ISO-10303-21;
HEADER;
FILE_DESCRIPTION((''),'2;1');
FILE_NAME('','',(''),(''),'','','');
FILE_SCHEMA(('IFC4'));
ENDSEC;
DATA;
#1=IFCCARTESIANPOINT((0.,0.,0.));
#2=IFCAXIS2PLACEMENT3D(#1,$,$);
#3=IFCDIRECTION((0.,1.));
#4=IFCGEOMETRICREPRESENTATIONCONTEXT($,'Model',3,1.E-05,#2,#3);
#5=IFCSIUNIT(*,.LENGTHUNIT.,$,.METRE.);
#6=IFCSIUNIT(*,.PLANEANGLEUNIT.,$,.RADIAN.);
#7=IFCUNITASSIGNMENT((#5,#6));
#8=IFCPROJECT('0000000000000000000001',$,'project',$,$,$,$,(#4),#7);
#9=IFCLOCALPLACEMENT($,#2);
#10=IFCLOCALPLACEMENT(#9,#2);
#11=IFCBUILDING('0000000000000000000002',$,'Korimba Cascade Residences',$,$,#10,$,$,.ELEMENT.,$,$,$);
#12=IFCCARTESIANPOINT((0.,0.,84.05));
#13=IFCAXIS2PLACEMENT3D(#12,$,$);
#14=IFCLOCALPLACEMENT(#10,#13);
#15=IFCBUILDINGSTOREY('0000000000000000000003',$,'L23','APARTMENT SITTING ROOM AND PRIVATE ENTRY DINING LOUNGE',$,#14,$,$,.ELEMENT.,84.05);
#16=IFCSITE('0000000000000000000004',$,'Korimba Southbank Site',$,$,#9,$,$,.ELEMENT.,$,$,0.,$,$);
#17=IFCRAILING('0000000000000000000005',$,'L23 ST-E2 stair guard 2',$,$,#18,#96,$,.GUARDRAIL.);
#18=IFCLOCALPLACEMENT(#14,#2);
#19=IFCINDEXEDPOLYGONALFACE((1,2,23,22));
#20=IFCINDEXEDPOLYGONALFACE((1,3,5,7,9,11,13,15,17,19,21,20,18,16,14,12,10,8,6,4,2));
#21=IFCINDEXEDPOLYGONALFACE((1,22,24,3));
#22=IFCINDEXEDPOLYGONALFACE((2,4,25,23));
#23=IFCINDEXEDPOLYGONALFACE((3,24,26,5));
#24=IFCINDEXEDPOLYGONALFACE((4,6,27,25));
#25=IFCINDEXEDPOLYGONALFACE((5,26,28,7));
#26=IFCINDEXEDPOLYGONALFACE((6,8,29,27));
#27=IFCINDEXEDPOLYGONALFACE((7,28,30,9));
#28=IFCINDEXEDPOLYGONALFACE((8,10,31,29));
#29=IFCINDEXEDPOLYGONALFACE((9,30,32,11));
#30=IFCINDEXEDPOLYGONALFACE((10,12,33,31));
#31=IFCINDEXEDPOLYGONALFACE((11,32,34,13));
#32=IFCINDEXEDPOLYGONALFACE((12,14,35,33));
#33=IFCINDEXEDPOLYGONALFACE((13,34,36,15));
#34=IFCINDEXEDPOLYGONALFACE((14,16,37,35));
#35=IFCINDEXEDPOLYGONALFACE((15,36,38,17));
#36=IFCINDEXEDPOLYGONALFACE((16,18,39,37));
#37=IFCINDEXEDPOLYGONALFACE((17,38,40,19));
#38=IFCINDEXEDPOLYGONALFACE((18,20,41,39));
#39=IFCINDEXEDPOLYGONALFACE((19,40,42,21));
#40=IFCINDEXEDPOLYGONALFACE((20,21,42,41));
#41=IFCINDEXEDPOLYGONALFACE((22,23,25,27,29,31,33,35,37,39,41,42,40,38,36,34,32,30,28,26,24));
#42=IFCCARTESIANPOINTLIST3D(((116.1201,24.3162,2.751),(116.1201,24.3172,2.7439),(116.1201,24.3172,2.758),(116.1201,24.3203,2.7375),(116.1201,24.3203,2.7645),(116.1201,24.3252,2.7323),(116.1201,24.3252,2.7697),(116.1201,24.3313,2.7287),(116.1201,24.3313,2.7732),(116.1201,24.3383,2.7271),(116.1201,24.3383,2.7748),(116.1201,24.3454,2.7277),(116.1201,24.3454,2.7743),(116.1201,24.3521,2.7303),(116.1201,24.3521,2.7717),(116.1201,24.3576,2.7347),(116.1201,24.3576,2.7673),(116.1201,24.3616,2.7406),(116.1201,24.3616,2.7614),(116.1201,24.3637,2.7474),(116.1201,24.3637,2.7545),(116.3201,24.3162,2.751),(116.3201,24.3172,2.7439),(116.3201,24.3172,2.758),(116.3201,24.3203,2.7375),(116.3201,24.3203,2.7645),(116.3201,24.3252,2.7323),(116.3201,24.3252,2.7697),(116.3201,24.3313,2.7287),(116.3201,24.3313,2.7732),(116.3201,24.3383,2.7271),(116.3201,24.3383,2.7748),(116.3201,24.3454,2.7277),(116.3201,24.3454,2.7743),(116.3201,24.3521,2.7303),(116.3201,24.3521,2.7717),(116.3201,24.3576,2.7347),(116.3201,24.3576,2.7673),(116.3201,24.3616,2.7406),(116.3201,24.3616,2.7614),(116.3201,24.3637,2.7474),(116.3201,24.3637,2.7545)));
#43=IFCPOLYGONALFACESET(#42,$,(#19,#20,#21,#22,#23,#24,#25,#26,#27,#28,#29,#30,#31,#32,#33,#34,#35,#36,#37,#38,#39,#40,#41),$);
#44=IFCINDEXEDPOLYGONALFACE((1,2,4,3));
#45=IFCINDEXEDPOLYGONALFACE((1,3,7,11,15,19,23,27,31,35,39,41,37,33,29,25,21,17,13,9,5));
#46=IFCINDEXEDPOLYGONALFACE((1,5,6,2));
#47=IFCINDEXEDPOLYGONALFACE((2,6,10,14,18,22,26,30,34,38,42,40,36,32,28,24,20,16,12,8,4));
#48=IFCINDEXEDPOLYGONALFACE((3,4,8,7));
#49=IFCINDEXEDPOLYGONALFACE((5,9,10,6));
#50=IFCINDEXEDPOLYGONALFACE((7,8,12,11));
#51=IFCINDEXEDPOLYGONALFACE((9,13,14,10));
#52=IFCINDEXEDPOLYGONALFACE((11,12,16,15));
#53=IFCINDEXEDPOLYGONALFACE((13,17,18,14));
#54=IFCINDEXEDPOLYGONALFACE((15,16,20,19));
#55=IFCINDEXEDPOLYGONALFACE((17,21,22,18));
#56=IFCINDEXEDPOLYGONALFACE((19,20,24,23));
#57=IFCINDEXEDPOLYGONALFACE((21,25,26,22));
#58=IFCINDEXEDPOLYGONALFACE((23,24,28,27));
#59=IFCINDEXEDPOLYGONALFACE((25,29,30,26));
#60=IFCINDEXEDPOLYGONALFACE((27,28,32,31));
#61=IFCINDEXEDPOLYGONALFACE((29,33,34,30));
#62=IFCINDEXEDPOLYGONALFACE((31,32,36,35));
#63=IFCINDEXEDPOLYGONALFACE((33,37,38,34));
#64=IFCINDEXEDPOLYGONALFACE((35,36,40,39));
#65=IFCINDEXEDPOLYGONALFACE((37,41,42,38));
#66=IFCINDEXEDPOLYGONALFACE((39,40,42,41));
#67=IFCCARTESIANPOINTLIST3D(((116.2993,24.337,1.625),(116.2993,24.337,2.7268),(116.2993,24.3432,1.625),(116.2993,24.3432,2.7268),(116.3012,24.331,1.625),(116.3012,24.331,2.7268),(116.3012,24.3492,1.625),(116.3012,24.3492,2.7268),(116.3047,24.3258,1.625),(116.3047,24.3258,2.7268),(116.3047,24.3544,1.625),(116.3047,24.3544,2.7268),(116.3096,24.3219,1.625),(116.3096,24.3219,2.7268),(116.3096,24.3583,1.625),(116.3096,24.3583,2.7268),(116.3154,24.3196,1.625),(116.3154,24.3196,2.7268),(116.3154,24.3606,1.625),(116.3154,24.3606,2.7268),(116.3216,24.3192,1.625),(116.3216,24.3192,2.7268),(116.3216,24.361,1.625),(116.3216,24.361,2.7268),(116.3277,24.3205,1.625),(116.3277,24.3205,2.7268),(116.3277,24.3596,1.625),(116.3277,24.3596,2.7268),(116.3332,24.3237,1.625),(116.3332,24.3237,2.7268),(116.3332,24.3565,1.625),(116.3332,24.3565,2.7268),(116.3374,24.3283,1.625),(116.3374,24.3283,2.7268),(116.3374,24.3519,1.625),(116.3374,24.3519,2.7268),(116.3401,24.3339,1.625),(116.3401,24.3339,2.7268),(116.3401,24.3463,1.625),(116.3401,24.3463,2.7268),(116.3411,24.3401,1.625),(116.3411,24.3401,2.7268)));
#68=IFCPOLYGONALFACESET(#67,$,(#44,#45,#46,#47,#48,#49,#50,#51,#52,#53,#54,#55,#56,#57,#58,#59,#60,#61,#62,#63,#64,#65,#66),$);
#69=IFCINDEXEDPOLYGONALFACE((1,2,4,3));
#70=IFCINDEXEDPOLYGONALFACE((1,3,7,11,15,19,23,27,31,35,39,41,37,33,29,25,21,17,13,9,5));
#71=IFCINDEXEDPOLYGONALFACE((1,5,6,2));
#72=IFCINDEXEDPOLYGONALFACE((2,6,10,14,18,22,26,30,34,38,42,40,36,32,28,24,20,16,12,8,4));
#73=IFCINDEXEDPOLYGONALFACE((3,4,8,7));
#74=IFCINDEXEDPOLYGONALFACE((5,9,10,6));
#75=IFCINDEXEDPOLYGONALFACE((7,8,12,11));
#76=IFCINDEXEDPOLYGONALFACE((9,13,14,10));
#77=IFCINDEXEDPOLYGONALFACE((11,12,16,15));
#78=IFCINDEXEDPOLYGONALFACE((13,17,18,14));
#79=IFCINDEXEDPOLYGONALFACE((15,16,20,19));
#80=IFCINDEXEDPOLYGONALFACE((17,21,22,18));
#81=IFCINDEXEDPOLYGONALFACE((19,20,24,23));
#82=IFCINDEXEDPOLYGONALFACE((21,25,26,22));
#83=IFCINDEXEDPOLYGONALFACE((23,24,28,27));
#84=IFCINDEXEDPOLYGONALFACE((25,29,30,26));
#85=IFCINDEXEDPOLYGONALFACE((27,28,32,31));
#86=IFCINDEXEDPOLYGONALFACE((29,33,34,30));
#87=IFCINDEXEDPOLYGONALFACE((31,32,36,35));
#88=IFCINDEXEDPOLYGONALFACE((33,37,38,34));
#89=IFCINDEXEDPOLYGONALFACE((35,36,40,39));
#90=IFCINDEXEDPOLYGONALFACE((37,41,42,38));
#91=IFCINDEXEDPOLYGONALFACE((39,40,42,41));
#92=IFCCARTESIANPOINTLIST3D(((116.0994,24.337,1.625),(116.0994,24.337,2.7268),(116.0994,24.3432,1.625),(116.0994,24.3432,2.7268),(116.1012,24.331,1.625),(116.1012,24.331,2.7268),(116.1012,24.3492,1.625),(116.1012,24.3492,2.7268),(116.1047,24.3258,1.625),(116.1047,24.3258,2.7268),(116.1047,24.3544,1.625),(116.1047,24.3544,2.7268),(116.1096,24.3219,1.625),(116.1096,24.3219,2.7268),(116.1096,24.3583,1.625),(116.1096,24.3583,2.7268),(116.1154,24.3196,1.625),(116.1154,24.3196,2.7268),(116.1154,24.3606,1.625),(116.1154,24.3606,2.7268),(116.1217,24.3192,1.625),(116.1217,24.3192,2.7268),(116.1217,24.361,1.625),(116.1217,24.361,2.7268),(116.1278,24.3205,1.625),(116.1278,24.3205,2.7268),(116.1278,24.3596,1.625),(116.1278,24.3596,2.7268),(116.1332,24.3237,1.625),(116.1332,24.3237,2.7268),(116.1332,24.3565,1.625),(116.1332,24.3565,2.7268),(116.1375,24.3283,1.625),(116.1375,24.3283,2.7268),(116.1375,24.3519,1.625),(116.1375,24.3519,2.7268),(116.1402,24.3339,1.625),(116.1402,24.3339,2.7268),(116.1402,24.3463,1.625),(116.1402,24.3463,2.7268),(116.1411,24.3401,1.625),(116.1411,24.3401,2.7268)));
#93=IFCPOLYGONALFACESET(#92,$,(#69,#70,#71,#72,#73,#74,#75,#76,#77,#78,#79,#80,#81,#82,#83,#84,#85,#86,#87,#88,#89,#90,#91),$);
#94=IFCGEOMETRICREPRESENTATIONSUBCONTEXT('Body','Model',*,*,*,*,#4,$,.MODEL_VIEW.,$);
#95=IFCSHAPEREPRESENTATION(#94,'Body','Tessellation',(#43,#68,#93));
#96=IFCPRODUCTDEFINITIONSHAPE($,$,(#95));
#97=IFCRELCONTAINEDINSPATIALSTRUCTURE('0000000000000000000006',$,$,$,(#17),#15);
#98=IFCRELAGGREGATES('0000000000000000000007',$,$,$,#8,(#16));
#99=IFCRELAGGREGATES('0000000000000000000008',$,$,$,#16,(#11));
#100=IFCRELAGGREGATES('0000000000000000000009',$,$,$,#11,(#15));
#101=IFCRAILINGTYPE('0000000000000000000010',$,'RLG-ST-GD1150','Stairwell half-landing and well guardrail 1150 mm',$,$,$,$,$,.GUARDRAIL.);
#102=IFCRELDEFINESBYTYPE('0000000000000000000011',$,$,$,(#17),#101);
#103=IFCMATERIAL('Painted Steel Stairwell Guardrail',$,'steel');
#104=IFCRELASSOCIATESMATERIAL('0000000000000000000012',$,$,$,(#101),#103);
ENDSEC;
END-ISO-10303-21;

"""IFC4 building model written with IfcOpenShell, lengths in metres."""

from ifc_helpers import new_model, si_unit, direction, frame, origin, origin_2d, place, context, subcontext, project, spatial, circle, extrude, material, type_object, element, save


model = new_model("IFC4")

# Units and contexts
model_context = context("Model", 3, precision=1e-05, world=origin(), true_north=direction((0.0, 1.0)))
body_context = subcontext(model_context, "Body", "Model", "MODEL_VIEW")
ifc_project = project(units=[si_unit("LENGTHUNIT", "METRE"), si_unit("PLANEANGLEUNIT", "RADIAN")], contexts=[model_context])

# Site, building, storey
site_placement = place(None, origin())
site = spatial("IfcSite", under=ifc_project, at=site_placement, Name="Korimba Southbank Site", CompositionType="ELEMENT", RefElevation=0.0)
building_placement = place(site_placement, origin())
building = spatial("IfcBuilding", under=site, at=building_placement, Name="Korimba Cascade Residences", CompositionType="ELEMENT")
storey_placement = place(building_placement, frame((0.0, 0.0, 84.05)))
storey = spatial("IfcBuildingStorey", under=building, at=storey_placement, Name="L23", Description="APARTMENT SITTING ROOM AND PRIVATE ENTRY DINING LOUNGE", CompositionType="ELEMENT", Elevation=84.05)

# Railing
ifc_material_1 = material(Name="Painted Steel Stairwell Guardrail", Category="steel")
railing_type_1 = type_object("IfcRailingType", Name="RLG-ST-GD1150", Description="Stairwell half-landing and well guardrail 1150 mm", PredefinedType="GUARDRAIL", material=ifc_material_1)
railing_1_placement = place(storey_placement, frame((116.3201, 24.3401, 1.625)))
element("IfcRailing", 1, at=railing_1_placement, inside=storey, type_object=railing_type_1, Name="L23 ST-E2 stair guard 2", PredefinedType="GUARDRAIL", context=body_context, shape_type="SweptSolid", body=[
    extrude(circle(Radius=0.0239, at=origin_2d()), frame((0.0, 0.0, 1.126), z_axis=(-1.0, 0.0, 0.0), x_axis=(0.0, -1.0, 0.0)), (0.0, 0.0, 1.0), 0.2),
    extrude(circle(Radius=0.021, at=origin_2d()), origin(), (0.0, 0.0, 1.0), 1.1018),
    extrude(circle(Radius=0.021, at=origin_2d()), frame((-0.2, 0.0, 0.0)), (0.0, 0.0, 1.0), 1.1018),
])

save(model, "model.ifc")
